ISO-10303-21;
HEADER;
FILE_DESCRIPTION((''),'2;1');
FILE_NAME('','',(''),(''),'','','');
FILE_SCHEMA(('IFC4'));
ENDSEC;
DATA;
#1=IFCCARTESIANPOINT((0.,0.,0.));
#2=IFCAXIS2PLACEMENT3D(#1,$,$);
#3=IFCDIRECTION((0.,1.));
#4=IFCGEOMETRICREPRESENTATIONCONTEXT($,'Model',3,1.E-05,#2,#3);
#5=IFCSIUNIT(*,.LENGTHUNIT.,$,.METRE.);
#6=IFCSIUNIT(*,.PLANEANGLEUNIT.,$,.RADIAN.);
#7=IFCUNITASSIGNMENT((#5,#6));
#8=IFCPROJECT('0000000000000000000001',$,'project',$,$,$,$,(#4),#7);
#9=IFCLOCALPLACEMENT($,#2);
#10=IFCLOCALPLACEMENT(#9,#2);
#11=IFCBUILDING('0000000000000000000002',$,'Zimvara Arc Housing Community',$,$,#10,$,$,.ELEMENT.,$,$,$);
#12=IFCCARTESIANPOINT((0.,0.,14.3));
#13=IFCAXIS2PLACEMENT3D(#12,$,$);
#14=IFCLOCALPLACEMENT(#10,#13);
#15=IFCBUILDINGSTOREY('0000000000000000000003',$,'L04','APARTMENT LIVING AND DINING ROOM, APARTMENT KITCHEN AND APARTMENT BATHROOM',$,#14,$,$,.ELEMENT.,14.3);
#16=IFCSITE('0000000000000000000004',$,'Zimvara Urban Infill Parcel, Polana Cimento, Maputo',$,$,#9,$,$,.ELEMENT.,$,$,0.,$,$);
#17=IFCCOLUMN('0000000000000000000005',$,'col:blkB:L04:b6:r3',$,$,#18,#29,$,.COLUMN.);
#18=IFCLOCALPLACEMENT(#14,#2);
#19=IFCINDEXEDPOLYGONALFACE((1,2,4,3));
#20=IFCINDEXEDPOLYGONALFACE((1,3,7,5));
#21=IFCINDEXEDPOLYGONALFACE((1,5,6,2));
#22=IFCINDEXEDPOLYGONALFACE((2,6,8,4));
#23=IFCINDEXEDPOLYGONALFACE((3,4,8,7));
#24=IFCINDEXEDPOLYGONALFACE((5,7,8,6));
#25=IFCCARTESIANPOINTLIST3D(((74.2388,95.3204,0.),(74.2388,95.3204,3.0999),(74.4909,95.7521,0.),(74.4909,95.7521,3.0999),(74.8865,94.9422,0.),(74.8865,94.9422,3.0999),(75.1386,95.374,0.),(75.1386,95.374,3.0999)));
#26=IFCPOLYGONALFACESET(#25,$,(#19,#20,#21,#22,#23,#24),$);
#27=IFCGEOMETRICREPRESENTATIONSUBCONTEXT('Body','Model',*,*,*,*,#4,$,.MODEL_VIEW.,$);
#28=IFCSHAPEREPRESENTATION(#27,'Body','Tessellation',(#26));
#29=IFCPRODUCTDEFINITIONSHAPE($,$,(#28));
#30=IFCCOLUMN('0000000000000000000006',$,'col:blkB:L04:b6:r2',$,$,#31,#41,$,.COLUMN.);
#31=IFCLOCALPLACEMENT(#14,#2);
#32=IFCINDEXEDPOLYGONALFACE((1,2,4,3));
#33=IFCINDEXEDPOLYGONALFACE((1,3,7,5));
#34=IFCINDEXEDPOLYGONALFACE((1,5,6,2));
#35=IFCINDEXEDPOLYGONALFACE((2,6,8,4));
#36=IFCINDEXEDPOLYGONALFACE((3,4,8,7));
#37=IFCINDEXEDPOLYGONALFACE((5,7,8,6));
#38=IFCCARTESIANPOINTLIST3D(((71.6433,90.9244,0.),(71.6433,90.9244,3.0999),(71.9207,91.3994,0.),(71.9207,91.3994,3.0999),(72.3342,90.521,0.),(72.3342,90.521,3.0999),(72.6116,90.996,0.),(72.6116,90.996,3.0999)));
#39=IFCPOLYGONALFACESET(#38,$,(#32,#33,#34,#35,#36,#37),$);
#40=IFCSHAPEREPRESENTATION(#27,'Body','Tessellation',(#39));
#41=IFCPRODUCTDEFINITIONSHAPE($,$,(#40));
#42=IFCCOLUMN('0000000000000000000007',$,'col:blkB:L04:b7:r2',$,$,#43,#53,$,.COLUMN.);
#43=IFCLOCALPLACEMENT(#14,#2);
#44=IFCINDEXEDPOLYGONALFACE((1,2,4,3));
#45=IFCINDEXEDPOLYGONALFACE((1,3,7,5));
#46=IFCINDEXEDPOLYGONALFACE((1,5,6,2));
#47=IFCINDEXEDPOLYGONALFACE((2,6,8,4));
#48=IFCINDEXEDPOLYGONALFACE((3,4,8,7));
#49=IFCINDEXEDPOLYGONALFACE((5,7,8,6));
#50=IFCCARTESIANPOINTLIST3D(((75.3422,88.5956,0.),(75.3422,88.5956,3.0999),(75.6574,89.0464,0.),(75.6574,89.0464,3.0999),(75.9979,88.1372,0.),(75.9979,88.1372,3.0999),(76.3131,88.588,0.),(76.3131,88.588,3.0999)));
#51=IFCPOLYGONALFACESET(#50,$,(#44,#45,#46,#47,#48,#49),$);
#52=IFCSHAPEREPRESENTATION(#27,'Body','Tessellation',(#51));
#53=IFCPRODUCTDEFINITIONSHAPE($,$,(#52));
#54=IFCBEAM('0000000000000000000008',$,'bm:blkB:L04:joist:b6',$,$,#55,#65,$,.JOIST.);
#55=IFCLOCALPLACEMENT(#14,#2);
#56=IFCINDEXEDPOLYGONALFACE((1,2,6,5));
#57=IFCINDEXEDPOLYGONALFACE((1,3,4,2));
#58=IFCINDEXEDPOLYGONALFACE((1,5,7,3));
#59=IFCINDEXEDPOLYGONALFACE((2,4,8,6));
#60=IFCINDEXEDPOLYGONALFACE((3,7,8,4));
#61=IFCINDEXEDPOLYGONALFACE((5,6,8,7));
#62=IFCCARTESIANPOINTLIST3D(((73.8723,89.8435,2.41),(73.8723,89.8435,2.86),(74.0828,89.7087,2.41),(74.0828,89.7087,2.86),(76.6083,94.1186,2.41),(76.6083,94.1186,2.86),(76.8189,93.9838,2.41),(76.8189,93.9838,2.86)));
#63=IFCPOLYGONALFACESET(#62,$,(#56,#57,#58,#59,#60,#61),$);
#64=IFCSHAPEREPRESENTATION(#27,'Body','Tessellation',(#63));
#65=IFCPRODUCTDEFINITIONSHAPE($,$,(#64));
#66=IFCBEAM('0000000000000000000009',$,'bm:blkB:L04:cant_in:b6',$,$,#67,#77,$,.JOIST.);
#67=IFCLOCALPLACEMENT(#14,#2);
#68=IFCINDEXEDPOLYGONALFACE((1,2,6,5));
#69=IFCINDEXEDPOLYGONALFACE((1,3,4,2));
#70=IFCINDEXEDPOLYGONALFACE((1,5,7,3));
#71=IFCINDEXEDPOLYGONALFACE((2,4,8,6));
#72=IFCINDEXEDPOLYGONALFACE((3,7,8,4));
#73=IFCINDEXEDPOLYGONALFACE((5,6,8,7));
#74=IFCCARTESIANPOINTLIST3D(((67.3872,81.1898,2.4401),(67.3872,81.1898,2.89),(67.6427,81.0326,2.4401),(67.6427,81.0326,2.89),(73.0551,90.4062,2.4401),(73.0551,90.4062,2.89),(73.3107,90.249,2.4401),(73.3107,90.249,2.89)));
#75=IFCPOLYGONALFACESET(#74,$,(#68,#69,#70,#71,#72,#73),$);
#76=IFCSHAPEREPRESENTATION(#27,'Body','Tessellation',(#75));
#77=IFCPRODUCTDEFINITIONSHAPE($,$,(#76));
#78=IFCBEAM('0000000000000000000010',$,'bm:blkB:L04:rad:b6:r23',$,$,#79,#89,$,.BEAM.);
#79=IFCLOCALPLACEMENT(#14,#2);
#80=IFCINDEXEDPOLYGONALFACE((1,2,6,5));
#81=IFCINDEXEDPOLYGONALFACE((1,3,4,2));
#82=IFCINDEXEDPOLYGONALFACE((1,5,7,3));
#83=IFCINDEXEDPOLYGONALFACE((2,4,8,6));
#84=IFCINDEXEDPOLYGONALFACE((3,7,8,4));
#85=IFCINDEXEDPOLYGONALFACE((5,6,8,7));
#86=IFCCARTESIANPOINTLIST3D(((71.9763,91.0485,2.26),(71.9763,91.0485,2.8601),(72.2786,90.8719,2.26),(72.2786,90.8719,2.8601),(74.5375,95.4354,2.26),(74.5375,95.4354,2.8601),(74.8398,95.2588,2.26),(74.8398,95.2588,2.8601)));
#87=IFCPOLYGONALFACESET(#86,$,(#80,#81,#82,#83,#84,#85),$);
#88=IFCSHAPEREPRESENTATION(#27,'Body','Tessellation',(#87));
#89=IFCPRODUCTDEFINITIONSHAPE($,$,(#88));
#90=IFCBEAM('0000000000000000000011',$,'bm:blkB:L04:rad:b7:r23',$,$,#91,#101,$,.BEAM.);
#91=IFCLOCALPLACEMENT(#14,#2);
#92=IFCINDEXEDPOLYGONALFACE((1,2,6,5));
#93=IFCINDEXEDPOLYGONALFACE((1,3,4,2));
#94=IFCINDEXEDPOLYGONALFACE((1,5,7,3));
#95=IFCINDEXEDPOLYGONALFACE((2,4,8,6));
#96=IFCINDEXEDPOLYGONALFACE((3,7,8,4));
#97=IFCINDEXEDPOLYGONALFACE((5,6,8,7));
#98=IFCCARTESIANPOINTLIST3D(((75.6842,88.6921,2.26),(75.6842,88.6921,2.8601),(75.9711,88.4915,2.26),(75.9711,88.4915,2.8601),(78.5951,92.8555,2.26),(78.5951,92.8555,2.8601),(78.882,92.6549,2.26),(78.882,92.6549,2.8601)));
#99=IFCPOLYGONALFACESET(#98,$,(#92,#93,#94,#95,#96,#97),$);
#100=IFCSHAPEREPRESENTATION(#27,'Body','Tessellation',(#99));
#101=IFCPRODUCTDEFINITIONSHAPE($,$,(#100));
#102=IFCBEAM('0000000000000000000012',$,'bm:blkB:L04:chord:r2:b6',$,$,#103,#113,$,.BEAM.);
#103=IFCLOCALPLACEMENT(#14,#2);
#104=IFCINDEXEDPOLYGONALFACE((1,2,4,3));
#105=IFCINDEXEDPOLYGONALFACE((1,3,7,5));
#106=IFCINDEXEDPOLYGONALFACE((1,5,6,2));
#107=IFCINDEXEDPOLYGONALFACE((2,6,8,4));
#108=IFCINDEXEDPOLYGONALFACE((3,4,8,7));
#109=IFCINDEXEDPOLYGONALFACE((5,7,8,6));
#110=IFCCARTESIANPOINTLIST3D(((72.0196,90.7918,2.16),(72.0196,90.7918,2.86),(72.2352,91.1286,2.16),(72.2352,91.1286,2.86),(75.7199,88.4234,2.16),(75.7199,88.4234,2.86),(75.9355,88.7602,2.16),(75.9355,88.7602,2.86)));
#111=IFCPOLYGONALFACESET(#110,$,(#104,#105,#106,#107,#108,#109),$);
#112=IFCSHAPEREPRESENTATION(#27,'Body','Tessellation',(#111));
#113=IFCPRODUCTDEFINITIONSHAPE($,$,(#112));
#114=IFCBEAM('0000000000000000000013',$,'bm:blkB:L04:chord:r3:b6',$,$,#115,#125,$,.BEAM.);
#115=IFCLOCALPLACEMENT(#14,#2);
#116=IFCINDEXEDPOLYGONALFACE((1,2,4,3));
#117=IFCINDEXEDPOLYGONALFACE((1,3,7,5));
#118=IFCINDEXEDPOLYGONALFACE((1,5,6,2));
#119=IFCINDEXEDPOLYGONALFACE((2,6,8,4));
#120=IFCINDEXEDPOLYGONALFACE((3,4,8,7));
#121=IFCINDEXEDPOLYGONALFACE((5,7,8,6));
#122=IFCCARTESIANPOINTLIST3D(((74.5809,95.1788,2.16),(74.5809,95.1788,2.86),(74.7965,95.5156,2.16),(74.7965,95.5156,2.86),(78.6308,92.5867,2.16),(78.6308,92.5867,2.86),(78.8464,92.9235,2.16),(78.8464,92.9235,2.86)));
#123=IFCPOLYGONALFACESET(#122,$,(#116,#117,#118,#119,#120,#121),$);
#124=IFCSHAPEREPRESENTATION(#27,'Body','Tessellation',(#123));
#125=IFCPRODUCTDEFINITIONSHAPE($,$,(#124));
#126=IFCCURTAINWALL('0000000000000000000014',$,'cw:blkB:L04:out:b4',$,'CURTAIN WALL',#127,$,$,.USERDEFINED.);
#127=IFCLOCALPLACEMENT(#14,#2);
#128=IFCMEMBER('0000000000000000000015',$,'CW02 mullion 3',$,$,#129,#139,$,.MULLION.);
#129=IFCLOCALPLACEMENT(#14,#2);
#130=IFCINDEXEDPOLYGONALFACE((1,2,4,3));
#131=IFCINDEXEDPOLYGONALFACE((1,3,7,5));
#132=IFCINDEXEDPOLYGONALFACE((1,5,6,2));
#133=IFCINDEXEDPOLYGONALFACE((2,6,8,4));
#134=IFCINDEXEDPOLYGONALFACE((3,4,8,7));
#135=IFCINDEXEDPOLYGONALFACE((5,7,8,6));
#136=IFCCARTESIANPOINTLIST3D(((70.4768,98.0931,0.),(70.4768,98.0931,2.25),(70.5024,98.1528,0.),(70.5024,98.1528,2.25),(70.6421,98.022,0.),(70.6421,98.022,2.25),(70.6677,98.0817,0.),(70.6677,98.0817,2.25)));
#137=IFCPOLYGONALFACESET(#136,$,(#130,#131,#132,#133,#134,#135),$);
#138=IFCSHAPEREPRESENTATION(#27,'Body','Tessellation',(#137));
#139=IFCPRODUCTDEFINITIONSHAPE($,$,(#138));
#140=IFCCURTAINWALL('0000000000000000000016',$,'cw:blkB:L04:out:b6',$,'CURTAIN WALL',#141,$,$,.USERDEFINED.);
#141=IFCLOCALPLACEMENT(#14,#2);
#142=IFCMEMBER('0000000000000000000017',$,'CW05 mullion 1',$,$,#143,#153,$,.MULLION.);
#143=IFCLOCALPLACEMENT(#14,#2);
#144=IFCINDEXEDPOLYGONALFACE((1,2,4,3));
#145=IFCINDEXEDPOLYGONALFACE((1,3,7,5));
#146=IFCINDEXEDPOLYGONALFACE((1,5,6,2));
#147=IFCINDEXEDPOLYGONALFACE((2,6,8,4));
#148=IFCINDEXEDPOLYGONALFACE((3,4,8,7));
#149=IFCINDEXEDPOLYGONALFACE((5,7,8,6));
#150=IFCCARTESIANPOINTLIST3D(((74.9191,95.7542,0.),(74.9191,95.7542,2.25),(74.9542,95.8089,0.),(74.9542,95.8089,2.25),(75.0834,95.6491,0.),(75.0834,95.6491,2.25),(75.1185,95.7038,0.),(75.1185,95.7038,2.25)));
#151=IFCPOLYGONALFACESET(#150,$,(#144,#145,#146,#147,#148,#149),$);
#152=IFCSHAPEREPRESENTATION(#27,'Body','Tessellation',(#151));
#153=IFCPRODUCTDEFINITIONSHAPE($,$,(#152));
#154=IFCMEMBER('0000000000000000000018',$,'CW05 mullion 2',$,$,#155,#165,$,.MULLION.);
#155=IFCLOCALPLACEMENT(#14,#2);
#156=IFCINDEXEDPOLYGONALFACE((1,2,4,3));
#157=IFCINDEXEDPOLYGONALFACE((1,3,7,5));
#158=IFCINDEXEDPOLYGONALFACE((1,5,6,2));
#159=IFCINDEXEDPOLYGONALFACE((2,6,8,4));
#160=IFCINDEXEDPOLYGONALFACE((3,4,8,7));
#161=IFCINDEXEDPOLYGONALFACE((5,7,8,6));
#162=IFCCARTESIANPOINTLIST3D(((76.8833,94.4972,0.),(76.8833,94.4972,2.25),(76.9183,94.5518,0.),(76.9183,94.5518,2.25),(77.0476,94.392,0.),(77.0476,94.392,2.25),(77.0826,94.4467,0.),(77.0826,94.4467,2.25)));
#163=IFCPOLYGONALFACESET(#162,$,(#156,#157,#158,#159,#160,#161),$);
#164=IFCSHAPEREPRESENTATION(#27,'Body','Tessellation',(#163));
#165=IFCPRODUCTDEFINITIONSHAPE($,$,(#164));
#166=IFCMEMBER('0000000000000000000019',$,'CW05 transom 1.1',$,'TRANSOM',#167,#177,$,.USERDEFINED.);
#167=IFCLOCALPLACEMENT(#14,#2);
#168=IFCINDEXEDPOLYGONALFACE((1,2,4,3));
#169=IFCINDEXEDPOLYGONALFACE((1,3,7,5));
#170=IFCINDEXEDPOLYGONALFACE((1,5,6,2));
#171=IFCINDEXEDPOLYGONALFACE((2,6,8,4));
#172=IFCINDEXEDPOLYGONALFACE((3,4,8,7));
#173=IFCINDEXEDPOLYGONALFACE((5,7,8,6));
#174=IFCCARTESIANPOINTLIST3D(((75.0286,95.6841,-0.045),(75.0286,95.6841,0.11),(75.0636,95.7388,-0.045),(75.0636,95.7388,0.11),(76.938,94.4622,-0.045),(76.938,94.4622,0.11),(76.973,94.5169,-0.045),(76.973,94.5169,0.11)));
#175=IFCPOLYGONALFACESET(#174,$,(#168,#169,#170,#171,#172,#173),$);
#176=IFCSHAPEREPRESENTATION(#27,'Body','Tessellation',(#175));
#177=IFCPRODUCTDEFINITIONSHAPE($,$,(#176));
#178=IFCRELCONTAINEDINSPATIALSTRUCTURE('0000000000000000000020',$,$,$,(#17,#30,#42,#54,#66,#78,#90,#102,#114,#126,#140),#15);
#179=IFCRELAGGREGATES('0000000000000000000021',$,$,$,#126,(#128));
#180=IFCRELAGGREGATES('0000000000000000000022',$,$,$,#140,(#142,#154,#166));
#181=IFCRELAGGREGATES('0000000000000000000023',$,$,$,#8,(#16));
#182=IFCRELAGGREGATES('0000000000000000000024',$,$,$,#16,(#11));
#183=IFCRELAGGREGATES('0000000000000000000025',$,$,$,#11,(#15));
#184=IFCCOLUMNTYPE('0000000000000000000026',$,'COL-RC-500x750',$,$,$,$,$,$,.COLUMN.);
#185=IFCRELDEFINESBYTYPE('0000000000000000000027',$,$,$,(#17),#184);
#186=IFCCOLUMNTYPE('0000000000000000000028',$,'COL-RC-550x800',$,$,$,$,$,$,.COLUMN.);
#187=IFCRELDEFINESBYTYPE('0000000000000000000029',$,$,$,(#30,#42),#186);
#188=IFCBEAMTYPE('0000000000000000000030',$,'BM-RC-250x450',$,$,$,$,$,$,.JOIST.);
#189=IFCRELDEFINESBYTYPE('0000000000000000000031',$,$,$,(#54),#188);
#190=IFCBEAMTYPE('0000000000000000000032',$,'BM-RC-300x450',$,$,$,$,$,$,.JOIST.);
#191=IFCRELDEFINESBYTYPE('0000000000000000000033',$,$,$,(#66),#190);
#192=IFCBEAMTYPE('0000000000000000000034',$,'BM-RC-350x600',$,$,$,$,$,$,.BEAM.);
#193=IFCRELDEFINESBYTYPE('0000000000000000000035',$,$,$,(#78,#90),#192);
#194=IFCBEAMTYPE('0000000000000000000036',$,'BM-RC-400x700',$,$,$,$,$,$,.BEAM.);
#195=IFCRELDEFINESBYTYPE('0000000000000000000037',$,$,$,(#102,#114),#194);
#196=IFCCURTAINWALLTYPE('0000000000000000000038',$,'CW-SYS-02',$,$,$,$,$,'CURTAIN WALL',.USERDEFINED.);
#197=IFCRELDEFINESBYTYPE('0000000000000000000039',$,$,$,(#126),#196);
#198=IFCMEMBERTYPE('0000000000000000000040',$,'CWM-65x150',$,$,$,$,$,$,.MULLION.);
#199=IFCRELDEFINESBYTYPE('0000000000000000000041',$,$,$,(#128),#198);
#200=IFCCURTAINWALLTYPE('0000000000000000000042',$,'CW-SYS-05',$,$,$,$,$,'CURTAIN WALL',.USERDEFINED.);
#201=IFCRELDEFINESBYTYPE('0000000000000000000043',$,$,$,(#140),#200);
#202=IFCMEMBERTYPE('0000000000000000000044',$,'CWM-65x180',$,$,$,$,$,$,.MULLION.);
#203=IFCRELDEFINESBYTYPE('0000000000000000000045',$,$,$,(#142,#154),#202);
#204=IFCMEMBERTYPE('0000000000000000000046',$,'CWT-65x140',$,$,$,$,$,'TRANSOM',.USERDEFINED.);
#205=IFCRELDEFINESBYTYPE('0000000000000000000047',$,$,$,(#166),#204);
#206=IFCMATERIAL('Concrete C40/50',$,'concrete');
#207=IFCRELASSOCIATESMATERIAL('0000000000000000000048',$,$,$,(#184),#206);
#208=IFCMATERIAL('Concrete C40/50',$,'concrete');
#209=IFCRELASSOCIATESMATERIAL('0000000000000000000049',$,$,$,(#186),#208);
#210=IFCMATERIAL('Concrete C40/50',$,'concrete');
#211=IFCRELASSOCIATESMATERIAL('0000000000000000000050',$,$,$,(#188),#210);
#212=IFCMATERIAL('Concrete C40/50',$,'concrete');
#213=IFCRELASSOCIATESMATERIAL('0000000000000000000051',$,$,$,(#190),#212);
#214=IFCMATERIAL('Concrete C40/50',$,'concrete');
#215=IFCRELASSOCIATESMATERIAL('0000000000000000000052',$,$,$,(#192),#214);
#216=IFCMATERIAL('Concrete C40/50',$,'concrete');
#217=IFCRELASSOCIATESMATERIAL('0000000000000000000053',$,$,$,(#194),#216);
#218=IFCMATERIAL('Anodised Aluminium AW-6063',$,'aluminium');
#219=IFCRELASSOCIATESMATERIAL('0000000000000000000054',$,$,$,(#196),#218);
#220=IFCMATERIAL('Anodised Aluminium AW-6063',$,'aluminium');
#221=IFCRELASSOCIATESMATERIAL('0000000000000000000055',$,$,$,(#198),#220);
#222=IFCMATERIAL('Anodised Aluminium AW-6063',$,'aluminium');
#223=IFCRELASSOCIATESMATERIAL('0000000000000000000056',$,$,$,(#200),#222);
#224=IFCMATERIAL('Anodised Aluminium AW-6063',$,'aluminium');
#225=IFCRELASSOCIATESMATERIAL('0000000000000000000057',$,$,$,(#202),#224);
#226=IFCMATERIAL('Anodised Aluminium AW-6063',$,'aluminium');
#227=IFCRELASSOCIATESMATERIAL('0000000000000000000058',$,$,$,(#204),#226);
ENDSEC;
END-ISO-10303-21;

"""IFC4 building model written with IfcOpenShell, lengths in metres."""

from ifc_helpers import new_model, si_unit, direction, frame, origin, origin_2d, place, context, subcontext, project, spatial, rectangle, extrude, material, material_profile, profile_set, type_object, element, aggregate, save


model = new_model("IFC4")

# Units and contexts
model_context = context("Model", 3, precision=1e-05, world=origin(), true_north=direction((0.0, 1.0)))
body_context = subcontext(model_context, "Body", "Model", "MODEL_VIEW")
ifc_project = project(units=[si_unit("LENGTHUNIT", "METRE"), si_unit("PLANEANGLEUNIT", "RADIAN")], contexts=[model_context])

# Site, building, storey
site_placement = place(None, origin())
site = spatial("IfcSite", under=ifc_project, at=site_placement, Name="Zimvara Urban Infill Parcel, Polana Cimento, Maputo", CompositionType="ELEMENT", RefElevation=0.0)
building_placement = place(site_placement, origin())
building = spatial("IfcBuilding", under=site, at=building_placement, Name="Zimvara Arc Housing Community", CompositionType="ELEMENT")
storey_placement = place(building_placement, frame((0.0, 0.0, 14.3)))
storey = spatial("IfcBuildingStorey", under=building, at=storey_placement, Name="L04", Description="APARTMENT LIVING AND DINING ROOM, APARTMENT KITCHEN AND APARTMENT BATHROOM", CompositionType="ELEMENT", Elevation=14.3)

# Columns
ifc_material_1 = material(Name="Concrete C40/50", Category="concrete")
ifc_material_profile_1 = material_profile(ifc_material_1, rectangle(XDim=0.5, YDim=0.75, at=origin_2d()), Name="RC 500x750")
ifc_profile_set_1 = profile_set([ifc_material_profile_1], Name="Concrete C40/50")
column_type_1 = type_object("IfcColumnType", Name="COL-RC-500x750", PredefinedType="COLUMN", material=ifc_profile_set_1)
column_placement = place(storey_placement, frame((74.6887, 95.3472, 0.0), z_axis=(0.0, 0.0, 1.0), x_axis=(0.504226, 0.863572, 0.0)))
element("IfcColumn", 1, at=column_placement, inside=storey, type_object=column_type_1, Name="col:blkB:L04:b6:r3", PredefinedType="COLUMN", context=body_context, shape_type="SweptSolid", body=[
    extrude(rectangle(XDim=0.5, YDim=0.75, at=origin_2d()), origin(), (0.0, 0.0, 1.0), 3.0999),
])
ifc_material_2 = material(Name="Concrete C40/50", Category="concrete")
ifc_material_profile_2 = material_profile(ifc_material_2, rectangle(XDim=0.55, YDim=0.8, at=origin_2d()), Name="RC 550x800")
ifc_profile_set_2 = profile_set([ifc_material_profile_2], Name="Concrete C40/50")
column_type_2 = type_object("IfcColumnType", Name="COL-RC-550x800", PredefinedType="COLUMN", material=ifc_profile_set_2)
for number, where, z_axis, x_axis, name in (
    (2, (72.1274, 90.9602, 0.0), (0.0, 0.0, 1.0), (0.504226, 0.863572, 0.0), "col:blkB:L04:b6:r2"),
    (3, (75.8276, 88.5918, 0.0), (0.0, 0.0, 1.0), (0.573004, 0.819552, 0.0), "col:blkB:L04:b7:r2"),
):
    element("IfcColumn", number, at=place(storey_placement, frame(where, z_axis=z_axis, x_axis=x_axis)), inside=storey, type_object=column_type_2, Name=name, PredefinedType="COLUMN", context=body_context, shape_type="SweptSolid", body=[
        extrude(rectangle(XDim=0.55, YDim=0.8, at=origin_2d()), origin(), (0.0, 0.0, 1.0), 3.0999),
    ])

# Beams
ifc_material_3 = material(Name="Concrete C40/50", Category="concrete")
ifc_material_profile_3 = material_profile(ifc_material_3, rectangle(XDim=0.25, YDim=0.45, at=origin_2d()), Name="RC 250x450")
ifc_profile_set_3 = profile_set([ifc_material_profile_3], Name="Concrete C40/50")
beam_type_1 = type_object("IfcBeamType", Name="BM-RC-250x450", PredefinedType="JOIST", material=ifc_profile_set_3)
beam_1_placement = place(storey_placement, frame((73.9775, 89.7761, 2.635), z_axis=(0.539052, 0.842272, 0.0), x_axis=(-0.842272, 0.539052, 0.0)))
element("IfcBeam", 4, at=beam_1_placement, inside=storey, type_object=beam_type_1, Name="bm:blkB:L04:joist:b6", PredefinedType="JOIST", context=body_context, shape_type="SweptSolid", body=[
    extrude(rectangle(XDim=0.25, YDim=0.45, at=origin_2d()), origin(), (0.0, 0.0, 1.0), 5.0757),
])
ifc_material_4 = material(Name="Concrete C40/50", Category="concrete")
ifc_material_profile_4 = material_profile(ifc_material_4, rectangle(XDim=0.3, YDim=0.45, at=origin_2d()), Name="RC 300x450")
ifc_profile_set_4 = profile_set([ifc_material_profile_4], Name="Concrete C40/50")
beam_type_2 = type_object("IfcBeamType", Name="BM-RC-300x450", PredefinedType="JOIST", material=ifc_profile_set_4)
beam_2_placement = place(storey_placement, frame((73.1829, 90.3276, 2.665), z_axis=(-0.523846, -0.851813, 0.0), x_axis=(0.851813, -0.523846, 0.0)))
element("IfcBeam", 5, at=beam_2_placement, inside=storey, type_object=beam_type_2, Name="bm:blkB:L04:cant_in:b6", PredefinedType="JOIST", context=body_context, shape_type="SweptSolid", body=[
    extrude(rectangle(XDim=0.3, YDim=0.45, at=origin_2d()), origin(), (0.0, 0.0, 1.0), 10.8198),
])
ifc_material_5 = material(Name="Concrete C40/50", Category="concrete")
ifc_material_profile_5 = material_profile(ifc_material_5, rectangle(XDim=0.3501, YDim=0.6001, at=origin_2d()), Name="RC 350x600")
ifc_profile_set_5 = profile_set([ifc_material_profile_5], Name="Concrete C40/50")
beam_type_3 = type_object("IfcBeamType", Name="BM-RC-350x600", PredefinedType="BEAM", material=ifc_profile_set_5)
beam_3_placement = place(storey_placement, frame((72.1274, 90.9602, 2.5601), z_axis=(0.504197, 0.863589, 0.0), x_axis=(-0.863589, 0.504197, 0.0)))
element("IfcBeam", 6, at=beam_3_placement, inside=storey, type_object=beam_type_3, Name="bm:blkB:L04:rad:b6:r23", PredefinedType="BEAM", context=body_context, shape_type="SweptSolid", body=[
    extrude(rectangle(XDim=0.3501, YDim=0.6001, at=origin_2d()), origin(), (0.0, 0.0, 1.0), 5.0798),
])
beam_4_placement = place(storey_placement, frame((75.8276, 88.5918, 2.5601), z_axis=(0.573007, 0.81955, 0.0), x_axis=(-0.81955, 0.573007, 0.0)))
element("IfcBeam", 7, at=beam_4_placement, inside=storey, type_object=beam_type_3, Name="bm:blkB:L04:rad:b7:r23", PredefinedType="BEAM", context=body_context, shape_type="SweptSolid", body=[
    extrude(rectangle(XDim=0.3501, YDim=0.6001, at=origin_2d()), origin(), (0.0, 0.0, 1.0), 5.0801),
])
ifc_material_6 = material(Name="Concrete C40/50", Category="concrete")
ifc_material_profile_6 = material_profile(ifc_material_6, rectangle(XDim=0.3999, YDim=0.7, at=origin_2d()), Name="RC 400x700")
ifc_profile_set_6 = profile_set([ifc_material_profile_6], Name="Concrete C40/50")
beam_type_4 = type_object("IfcBeamType", Name="BM-RC-400x700", PredefinedType="BEAM", material=ifc_profile_set_6)
beam_5_placement = place(storey_placement, frame((72.1274, 90.9602, 2.51), z_axis=(0.842242, -0.539099, 0.0), x_axis=(0.539099, 0.842242, 0.0)))
element("IfcBeam", 8, at=beam_5_placement, inside=storey, type_object=beam_type_4, Name="bm:blkB:L04:chord:r2:b6", PredefinedType="BEAM", context=body_context, shape_type="SweptSolid", body=[
    extrude(rectangle(XDim=0.3999, YDim=0.7, at=origin_2d()), origin(), (0.0, 0.0, 1.0), 4.3933),
])
beam_6_placement = place(storey_placement, frame((74.6887, 95.3472, 2.51), z_axis=(0.842256, -0.539078, 0.0), x_axis=(0.539078, 0.842256, 0.0)))
element("IfcBeam", 9, at=beam_6_placement, inside=storey, type_object=beam_type_4, Name="bm:blkB:L04:chord:r3:b6", PredefinedType="BEAM", context=body_context, shape_type="SweptSolid", body=[
    extrude(rectangle(XDim=0.3999, YDim=0.7, at=origin_2d()), origin(), (0.0, 0.0, 1.0), 4.8083),
])

# Curtain wall, member
ifc_material_7 = material(Name="Anodised Aluminium AW-6063", Category="aluminium")
curtain_wall_type_1 = type_object("IfcCurtainWallType", Name="CW-SYS-02", ElementType="CURTAIN WALL", PredefinedType="USERDEFINED", material=ifc_material_7)
curtain_wall_1_placement = place(storey_placement, origin())
curtain_wall_1 = element("IfcCurtainWall", 10, at=curtain_wall_1_placement, inside=storey, type_object=curtain_wall_type_1, Name="cw:blkB:L04:out:b4", ObjectType="CURTAIN WALL", PredefinedType="USERDEFINED")
ifc_material_8 = material(Name="Anodised Aluminium AW-6063", Category="aluminium")
ifc_material_profile_7 = material_profile(ifc_material_8, rectangle(XDim=0.0649, YDim=0.1799, at=origin_2d()), Name="ALU 65x180")
ifc_profile_set_7 = profile_set([ifc_material_profile_7], Name="Anodised Aluminium AW-6063")
member_type_1 = type_object("IfcMemberType", Name="CWM-65x150", PredefinedType="MULLION", material=ifc_profile_set_7)
member_1_placement = place(storey_placement, frame((70.5723, 98.0874, 0.0), z_axis=(0.0, 0.0, 1.0), x_axis=(0.394904, 0.918722, 0.0)))
member_1 = element("IfcMember", 11, at=member_1_placement, type_object=member_type_1, Name="CW02 mullion 3", PredefinedType="MULLION", context=body_context, shape_type="SweptSolid", body=[
    extrude(rectangle(XDim=0.0649, YDim=0.1799, at=origin_2d()), origin(), (0.0, 0.0, 1.0), 2.25),
])
aggregate(curtain_wall_1, [member_1])

# Curtain wall, members
ifc_material_9 = material(Name="Anodised Aluminium AW-6063", Category="aluminium")
curtain_wall_type_2 = type_object("IfcCurtainWallType", Name="CW-SYS-05", ElementType="CURTAIN WALL", PredefinedType="USERDEFINED", material=ifc_material_9)
curtain_wall_2_placement = place(storey_placement, origin())
curtain_wall_2 = element("IfcCurtainWall", 12, at=curtain_wall_2_placement, inside=storey, type_object=curtain_wall_type_2, Name="cw:blkB:L04:out:b6", ObjectType="CURTAIN WALL", PredefinedType="USERDEFINED")
ifc_material_10 = material(Name="Anodised Aluminium AW-6063", Category="aluminium")
ifc_material_profile_8 = material_profile(ifc_material_10, rectangle(XDim=0.0649, YDim=0.1951, at=origin_2d()), Name="ALU 65x195")
ifc_profile_set_8 = profile_set([ifc_material_profile_8], Name="Anodised Aluminium AW-6063")
member_type_2 = type_object("IfcMemberType", Name="CWM-65x180", PredefinedType="MULLION", material=ifc_profile_set_8)
member_2_placement = place(storey_placement, frame((75.0188, 95.729, 0.0), z_axis=(0.0, 0.0, 1.0), x_axis=(0.539065, 0.842264, 0.0)))
member_2 = element("IfcMember", 13, at=member_2_placement, type_object=member_type_2, Name="CW05 mullion 1", PredefinedType="MULLION", context=body_context, shape_type="SweptSolid", body=[
    extrude(rectangle(XDim=0.0649, YDim=0.1951, at=origin_2d()), origin(), (0.0, 0.0, 1.0), 2.25),
])
member_3_placement = place(storey_placement, frame((76.9829, 94.4719, 0.0), z_axis=(0.0, 0.0, 1.0), x_axis=(0.539065, 0.842264, 0.0)))
member_3 = element("IfcMember", 14, at=member_3_placement, type_object=member_type_2, Name="CW05 mullion 2", PredefinedType="MULLION", context=body_context, shape_type="SweptSolid", body=[
    extrude(rectangle(XDim=0.0649, YDim=0.1951, at=origin_2d()), origin(), (0.0, 0.0, 1.0), 2.25),
])
ifc_material_11 = material(Name="Anodised Aluminium AW-6063", Category="aluminium")
ifc_material_profile_9 = material_profile(ifc_material_11, rectangle(XDim=0.0649, YDim=0.155, at=origin_2d()), Name="ALU 65x155")
ifc_profile_set_9 = profile_set([ifc_material_profile_9], Name="Anodised Aluminium AW-6063")
member_type_3 = type_object("IfcMemberType", Name="CWT-65x140", ElementType="TRANSOM", PredefinedType="USERDEFINED", material=ifc_profile_set_9)
member_4_placement = place(storey_placement, frame((75.0461, 95.7114, 0.0325), z_axis=(0.842293, -0.53902, 0.0), x_axis=(0.53902, 0.842293, 0.0)))
member_4 = element("IfcMember", 15, at=member_4_placement, type_object=member_type_3, Name="CW05 transom 1.1", ObjectType="TRANSOM", PredefinedType="USERDEFINED", context=body_context, shape_type="SweptSolid", body=[
    extrude(rectangle(XDim=0.0649, YDim=0.155, at=origin_2d()), origin(), (0.0, 0.0, 1.0), 2.2668),
])
aggregate(curtain_wall_2, [member_2, member_3, member_4])

save(model, "model.ifc")
